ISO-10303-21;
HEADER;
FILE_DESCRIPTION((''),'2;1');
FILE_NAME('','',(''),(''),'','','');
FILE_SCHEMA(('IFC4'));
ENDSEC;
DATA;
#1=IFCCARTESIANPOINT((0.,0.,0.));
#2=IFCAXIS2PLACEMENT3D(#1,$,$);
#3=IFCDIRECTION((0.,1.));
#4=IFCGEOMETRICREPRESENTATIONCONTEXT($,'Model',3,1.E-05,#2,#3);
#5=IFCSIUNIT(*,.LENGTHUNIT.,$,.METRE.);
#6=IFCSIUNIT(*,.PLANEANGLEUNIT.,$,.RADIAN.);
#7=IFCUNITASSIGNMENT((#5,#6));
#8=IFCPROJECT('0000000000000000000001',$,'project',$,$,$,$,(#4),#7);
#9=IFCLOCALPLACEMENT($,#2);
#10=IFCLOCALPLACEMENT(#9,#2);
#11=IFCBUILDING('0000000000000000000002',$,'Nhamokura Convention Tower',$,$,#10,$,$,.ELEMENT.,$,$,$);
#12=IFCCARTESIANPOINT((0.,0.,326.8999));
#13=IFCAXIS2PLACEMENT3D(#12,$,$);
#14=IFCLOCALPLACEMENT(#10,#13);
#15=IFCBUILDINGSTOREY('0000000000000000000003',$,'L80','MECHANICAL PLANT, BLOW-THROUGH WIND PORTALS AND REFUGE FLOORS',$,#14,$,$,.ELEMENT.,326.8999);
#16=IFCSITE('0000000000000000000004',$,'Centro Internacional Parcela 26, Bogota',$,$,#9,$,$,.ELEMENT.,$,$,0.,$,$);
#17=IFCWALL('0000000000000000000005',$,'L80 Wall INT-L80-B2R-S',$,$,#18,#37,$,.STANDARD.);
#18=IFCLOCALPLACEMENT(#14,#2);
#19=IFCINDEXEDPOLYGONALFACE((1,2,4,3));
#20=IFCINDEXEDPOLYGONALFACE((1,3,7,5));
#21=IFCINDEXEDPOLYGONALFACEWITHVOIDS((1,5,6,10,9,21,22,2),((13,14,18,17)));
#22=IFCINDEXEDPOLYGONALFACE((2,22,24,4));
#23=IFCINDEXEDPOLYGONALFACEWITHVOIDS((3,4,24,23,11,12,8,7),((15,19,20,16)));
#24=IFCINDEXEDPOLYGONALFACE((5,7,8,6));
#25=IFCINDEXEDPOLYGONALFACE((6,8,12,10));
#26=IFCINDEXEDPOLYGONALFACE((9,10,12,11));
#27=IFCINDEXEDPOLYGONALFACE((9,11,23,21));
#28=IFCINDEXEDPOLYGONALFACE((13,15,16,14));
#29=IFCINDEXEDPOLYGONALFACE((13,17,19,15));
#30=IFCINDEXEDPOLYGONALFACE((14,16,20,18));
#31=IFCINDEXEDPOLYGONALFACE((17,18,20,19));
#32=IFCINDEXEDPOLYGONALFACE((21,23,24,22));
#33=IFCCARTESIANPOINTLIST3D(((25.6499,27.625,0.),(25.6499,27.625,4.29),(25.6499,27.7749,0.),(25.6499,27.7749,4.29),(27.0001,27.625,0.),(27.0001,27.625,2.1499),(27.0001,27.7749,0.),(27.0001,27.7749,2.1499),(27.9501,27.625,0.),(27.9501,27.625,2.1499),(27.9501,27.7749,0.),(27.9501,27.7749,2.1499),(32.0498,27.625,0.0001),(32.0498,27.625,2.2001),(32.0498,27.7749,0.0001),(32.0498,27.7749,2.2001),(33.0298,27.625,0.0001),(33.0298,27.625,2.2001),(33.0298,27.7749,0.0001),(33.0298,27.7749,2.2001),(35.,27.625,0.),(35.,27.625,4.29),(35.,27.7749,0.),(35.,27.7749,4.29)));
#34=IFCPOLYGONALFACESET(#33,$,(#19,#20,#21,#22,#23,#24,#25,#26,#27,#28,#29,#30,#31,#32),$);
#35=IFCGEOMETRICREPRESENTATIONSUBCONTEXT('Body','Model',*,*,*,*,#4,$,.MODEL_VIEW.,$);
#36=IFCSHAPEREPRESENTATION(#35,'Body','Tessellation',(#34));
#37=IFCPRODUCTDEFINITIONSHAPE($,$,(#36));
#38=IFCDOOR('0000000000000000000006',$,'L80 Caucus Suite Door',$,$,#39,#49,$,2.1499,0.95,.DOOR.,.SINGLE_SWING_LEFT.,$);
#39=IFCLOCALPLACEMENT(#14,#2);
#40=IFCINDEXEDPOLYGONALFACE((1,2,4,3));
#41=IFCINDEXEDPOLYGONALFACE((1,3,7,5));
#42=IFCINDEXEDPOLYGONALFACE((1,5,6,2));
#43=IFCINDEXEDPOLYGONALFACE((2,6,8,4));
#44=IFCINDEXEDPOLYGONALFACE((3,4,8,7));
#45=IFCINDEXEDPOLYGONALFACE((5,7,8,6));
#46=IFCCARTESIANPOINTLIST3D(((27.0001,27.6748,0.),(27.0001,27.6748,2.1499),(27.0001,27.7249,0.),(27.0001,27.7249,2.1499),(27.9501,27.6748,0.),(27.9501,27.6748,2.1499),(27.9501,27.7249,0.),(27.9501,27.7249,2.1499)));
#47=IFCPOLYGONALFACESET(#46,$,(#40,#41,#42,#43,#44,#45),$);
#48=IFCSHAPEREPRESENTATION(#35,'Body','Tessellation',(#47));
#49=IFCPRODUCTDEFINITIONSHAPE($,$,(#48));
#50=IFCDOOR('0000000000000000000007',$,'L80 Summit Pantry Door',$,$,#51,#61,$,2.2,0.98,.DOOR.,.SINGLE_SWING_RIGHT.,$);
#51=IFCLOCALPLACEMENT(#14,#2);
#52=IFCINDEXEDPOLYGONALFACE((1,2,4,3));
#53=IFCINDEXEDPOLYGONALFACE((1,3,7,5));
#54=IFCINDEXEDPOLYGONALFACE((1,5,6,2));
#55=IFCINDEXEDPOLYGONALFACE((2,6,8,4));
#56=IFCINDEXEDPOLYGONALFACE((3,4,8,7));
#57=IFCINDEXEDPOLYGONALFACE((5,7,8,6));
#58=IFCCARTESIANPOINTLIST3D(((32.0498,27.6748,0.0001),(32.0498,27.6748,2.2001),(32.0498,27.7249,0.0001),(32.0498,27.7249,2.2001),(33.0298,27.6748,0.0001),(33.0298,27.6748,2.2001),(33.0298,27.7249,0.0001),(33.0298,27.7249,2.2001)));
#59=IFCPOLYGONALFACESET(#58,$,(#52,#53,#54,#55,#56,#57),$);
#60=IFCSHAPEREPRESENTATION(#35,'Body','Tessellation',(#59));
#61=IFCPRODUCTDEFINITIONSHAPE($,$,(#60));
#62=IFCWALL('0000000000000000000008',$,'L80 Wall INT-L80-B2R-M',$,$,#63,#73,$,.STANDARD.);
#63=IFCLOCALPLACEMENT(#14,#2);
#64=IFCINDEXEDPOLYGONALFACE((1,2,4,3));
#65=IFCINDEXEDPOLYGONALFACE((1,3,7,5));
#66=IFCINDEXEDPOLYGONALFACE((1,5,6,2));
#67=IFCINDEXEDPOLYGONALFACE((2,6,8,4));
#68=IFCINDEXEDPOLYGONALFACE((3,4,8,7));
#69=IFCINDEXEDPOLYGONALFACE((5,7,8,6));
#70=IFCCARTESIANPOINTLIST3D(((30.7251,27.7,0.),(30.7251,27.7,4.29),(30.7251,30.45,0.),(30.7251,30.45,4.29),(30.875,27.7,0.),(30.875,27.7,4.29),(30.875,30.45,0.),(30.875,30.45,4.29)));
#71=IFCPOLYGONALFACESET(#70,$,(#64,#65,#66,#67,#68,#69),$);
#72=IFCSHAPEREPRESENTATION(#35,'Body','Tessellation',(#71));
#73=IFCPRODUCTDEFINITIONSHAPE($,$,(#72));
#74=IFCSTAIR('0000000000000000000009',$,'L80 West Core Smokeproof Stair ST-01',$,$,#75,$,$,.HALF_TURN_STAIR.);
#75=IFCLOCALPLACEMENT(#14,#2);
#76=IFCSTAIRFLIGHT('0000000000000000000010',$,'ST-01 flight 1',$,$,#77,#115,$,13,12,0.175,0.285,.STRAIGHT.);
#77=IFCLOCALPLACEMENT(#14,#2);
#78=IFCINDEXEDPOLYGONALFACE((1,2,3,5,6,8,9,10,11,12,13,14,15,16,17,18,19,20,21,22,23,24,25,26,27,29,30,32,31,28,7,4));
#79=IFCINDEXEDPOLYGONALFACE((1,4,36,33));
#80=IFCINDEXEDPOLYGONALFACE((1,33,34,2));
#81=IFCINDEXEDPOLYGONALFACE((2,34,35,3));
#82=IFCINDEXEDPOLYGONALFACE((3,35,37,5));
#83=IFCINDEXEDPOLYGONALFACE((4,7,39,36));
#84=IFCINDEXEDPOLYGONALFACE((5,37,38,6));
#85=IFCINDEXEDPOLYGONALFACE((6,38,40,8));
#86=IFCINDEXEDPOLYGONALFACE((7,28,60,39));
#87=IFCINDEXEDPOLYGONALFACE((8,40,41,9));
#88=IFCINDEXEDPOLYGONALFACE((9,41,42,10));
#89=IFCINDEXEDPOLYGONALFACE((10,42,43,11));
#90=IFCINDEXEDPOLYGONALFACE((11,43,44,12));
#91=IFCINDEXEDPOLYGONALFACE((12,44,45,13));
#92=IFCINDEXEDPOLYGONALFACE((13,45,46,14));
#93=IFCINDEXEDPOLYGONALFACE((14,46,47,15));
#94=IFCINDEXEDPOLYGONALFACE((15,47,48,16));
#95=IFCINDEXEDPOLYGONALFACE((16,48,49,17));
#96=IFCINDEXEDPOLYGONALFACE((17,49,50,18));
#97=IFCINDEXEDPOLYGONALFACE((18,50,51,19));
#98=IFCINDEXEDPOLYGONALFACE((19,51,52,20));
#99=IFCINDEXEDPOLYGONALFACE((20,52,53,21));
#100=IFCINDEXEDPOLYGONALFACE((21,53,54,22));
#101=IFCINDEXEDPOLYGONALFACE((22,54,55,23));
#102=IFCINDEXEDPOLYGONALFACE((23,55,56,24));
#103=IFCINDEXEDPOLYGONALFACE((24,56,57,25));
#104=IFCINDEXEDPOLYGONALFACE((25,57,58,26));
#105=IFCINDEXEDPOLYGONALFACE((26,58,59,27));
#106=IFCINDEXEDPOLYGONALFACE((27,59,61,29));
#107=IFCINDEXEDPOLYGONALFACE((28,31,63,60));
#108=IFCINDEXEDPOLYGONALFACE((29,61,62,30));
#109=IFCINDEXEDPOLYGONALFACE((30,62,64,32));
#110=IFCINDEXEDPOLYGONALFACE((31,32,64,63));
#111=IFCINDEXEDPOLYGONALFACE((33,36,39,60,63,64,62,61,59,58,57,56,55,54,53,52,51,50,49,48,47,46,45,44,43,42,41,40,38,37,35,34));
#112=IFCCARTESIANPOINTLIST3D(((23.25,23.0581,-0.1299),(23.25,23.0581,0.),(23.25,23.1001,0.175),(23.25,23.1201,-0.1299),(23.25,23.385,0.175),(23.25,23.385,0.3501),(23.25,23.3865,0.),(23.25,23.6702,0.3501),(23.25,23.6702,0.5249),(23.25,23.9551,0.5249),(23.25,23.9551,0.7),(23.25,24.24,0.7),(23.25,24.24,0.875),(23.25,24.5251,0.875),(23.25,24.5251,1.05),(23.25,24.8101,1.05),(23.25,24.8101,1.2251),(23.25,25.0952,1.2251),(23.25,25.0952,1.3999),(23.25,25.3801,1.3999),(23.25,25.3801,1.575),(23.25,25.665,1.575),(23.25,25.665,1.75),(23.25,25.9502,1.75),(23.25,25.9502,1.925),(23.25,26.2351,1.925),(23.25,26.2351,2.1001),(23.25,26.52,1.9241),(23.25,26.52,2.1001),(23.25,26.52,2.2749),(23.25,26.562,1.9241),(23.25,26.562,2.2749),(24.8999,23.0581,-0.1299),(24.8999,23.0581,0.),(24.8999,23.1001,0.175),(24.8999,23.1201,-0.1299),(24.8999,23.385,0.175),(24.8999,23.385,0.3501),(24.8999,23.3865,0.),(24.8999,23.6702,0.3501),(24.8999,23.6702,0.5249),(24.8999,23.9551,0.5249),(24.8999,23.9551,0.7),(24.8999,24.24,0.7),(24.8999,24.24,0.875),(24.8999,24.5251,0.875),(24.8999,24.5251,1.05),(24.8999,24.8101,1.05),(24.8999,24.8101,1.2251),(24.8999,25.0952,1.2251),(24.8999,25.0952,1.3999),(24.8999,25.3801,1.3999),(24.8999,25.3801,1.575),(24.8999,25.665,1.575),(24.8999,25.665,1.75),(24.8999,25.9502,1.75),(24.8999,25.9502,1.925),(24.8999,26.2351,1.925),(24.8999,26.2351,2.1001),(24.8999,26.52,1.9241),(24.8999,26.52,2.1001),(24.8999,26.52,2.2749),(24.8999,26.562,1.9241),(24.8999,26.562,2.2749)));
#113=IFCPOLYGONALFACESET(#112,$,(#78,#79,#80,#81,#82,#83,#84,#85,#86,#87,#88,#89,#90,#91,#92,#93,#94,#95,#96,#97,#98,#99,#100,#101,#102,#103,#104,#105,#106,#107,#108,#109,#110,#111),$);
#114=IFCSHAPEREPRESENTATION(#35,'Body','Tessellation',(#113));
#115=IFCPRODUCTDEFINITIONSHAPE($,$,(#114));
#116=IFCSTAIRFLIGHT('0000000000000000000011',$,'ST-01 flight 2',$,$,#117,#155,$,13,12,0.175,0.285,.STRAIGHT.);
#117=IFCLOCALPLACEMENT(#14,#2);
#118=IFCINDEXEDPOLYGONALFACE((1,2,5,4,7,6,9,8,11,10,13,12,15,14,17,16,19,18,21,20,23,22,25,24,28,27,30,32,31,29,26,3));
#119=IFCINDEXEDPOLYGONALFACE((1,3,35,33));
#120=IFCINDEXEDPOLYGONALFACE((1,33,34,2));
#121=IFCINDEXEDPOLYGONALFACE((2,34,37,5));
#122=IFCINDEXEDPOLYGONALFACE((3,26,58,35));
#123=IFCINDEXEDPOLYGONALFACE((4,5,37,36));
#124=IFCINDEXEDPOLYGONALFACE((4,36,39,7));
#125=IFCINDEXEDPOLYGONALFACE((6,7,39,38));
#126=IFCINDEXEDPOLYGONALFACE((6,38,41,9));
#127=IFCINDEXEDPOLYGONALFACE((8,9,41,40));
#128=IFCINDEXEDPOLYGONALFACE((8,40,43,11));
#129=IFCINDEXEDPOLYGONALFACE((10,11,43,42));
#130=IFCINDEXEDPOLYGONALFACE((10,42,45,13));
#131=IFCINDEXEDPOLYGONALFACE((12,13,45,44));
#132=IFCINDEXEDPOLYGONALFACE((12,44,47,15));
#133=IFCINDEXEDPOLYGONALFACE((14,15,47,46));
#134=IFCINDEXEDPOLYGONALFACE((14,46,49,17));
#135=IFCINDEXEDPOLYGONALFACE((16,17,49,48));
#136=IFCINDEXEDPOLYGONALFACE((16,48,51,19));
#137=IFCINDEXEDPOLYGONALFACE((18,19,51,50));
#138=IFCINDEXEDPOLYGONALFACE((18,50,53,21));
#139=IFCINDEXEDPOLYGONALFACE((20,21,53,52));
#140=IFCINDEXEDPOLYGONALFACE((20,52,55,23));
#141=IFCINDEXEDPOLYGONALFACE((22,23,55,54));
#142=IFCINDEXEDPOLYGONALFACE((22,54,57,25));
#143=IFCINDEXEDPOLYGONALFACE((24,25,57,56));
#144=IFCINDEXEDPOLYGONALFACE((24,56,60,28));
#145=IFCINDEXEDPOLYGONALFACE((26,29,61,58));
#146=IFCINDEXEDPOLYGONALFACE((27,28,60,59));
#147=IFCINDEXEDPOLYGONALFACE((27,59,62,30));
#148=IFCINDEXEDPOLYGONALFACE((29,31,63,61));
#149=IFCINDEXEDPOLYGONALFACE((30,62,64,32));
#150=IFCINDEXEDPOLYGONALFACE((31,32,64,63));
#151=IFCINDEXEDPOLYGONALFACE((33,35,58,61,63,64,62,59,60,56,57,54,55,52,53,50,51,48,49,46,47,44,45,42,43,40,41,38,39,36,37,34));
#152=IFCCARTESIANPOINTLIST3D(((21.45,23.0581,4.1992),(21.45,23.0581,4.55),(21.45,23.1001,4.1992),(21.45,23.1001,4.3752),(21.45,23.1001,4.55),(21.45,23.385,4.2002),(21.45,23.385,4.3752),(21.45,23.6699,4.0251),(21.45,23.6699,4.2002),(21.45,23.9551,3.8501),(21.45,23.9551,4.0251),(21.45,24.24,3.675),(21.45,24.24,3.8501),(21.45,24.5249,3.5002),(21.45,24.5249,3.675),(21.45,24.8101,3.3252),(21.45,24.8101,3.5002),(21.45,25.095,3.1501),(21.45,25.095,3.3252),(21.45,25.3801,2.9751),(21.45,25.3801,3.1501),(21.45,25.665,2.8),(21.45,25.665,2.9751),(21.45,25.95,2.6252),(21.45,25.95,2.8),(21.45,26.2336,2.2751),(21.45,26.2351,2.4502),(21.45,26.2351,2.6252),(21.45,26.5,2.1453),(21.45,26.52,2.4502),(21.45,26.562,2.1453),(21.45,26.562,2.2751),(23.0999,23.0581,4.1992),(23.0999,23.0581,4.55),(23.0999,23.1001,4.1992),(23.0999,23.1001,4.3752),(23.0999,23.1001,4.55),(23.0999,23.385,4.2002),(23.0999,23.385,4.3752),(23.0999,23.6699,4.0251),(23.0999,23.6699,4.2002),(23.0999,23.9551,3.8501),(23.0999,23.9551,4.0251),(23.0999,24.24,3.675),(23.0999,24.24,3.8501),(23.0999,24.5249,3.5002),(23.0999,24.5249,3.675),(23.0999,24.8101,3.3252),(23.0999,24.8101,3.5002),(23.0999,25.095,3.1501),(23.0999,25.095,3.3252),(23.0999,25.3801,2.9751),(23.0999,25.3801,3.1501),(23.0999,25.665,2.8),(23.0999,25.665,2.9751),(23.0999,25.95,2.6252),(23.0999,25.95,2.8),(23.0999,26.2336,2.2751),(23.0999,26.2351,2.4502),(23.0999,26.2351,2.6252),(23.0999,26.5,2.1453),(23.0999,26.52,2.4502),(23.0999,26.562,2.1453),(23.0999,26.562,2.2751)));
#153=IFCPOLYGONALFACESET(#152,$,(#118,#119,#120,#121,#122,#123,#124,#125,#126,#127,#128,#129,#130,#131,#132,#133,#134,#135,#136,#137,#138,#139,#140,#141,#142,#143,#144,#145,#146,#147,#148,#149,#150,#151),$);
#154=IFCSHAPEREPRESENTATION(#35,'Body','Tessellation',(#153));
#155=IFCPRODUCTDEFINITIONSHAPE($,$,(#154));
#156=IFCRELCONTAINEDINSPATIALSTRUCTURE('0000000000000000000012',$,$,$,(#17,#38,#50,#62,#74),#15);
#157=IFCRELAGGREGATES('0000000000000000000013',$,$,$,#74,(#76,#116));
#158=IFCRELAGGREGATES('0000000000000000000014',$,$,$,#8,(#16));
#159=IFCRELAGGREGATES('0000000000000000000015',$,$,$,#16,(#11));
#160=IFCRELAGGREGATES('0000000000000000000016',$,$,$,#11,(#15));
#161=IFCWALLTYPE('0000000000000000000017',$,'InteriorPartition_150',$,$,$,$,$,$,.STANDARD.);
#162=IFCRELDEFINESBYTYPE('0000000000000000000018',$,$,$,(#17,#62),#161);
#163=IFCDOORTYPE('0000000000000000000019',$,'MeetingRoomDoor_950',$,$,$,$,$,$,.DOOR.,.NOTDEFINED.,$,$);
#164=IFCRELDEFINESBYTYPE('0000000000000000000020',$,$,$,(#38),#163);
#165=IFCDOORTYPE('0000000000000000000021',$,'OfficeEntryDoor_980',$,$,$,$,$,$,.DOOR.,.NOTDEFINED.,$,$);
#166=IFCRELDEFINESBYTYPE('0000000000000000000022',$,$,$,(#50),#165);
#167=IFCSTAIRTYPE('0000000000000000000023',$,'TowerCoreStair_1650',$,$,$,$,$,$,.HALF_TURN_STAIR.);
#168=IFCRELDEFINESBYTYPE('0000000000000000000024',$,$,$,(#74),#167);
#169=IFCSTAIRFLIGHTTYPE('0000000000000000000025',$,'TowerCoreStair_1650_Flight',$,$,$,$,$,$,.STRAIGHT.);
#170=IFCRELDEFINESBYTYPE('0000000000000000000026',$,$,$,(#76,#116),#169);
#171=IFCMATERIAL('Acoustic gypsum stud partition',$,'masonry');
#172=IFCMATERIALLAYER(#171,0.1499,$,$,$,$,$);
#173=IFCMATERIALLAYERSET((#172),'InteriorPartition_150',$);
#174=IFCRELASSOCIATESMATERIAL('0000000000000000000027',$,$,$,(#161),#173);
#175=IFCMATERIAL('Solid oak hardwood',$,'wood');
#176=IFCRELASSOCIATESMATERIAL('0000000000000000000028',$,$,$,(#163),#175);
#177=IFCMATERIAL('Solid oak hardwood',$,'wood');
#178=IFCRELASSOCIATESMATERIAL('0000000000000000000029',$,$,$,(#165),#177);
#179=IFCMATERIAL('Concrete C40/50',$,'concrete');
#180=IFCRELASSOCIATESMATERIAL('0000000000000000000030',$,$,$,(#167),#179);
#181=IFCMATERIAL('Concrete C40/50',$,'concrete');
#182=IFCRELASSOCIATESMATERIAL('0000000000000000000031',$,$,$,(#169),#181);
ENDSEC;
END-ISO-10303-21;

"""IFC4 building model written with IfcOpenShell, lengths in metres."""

from ifc_helpers import new_model, si_unit, direction, frame, frame_2d, origin, place, context, subcontext, project, spatial, polyline, rectangle, outline, extrude, material, layer, layer_set, type_object, element, fill, aggregate, save


model = new_model("IFC4")

# Units and contexts
model_context = context("Model", 3, precision=1e-05, world=origin(), true_north=direction((0.0, 1.0)))
body_context = subcontext(model_context, "Body", "Model", "MODEL_VIEW")
ifc_project = project(units=[si_unit("LENGTHUNIT", "METRE"), si_unit("PLANEANGLEUNIT", "RADIAN")], contexts=[model_context])

# Site, building, storey
site_placement = place(None, origin())
site = spatial("IfcSite", under=ifc_project, at=site_placement, Name="Centro Internacional Parcela 26, Bogota", CompositionType="ELEMENT", RefElevation=0.0)
building_placement = place(site_placement, origin())
building = spatial("IfcBuilding", under=site, at=building_placement, Name="Nhamokura Convention Tower", CompositionType="ELEMENT")
storey_placement = place(building_placement, frame((0.0, 0.0, 326.8999)))
storey = spatial("IfcBuildingStorey", under=building, at=storey_placement, Name="L80", Description="MECHANICAL PLANT, BLOW-THROUGH WIND PORTALS AND REFUGE FLOORS", CompositionType="ELEMENT", Elevation=326.8999)

# Shared definitions
ifc_material_1 = material(Name="Acoustic gypsum stud partition", Category="masonry")
ifc_layer_1 = layer(ifc_material_1, 0.1499)
ifc_layer_set_1 = layer_set([ifc_layer_1], Name="InteriorPartition_150")
wall_type_1 = type_object("IfcWallType", Name="InteriorPartition_150", PredefinedType="STANDARD", material=ifc_layer_set_1)
ifc_material_2 = material(Name="Solid oak hardwood", Category="wood")
door_type_1 = type_object("IfcDoorType", Name="MeetingRoomDoor_950", OperationType="NOTDEFINED", PredefinedType="DOOR", material=ifc_material_2)
ifc_material_3 = material(Name="Solid oak hardwood", Category="wood")
door_type_2 = type_object("IfcDoorType", Name="OfficeEntryDoor_980", OperationType="NOTDEFINED", PredefinedType="DOOR", material=ifc_material_3)

# Wall, openings, doors
wall_1_placement = place(storey_placement, frame((25.6499, 27.7, 0.0), z_axis=(0.0, 0.0, 1.0), x_axis=(1.0, 0.0, 0.0)))
wall_1 = element("IfcWall", 1, at=wall_1_placement, inside=storey, type_object=wall_type_1, Name="L80 Wall INT-L80-B2R-S", PredefinedType="STANDARD", context=body_context, shape_type="SweptSolid", body=[
    extrude(rectangle(XDim=9.3501, YDim=0.1499, at=frame_2d((4.675, 0.0))), origin(), (0.0, 0.0, 1.0), 4.29),
])
opening_1_placement = place(wall_1_placement, frame((1.3501, 0.0, 0.0)))
opening_1 = element("IfcOpeningElement", 2, at=opening_1_placement, cuts=wall_1, PredefinedType="OPENING", context=body_context, shape_type="SweptSolid", body=[
    extrude(rectangle(XDim=0.95, YDim=2.1499, at=frame_2d((0.4751, 1.075))), frame((0.0, 0.085, 0.0), z_axis=(0.0, -1.0, 0.0), x_axis=(1.0, 0.0, 0.0)), (0.0, 0.0, 1.0), 0.1699),
])
opening_2_placement = place(wall_1_placement, frame((6.3999, 0.0, 0.0)))
opening_2 = element("IfcOpeningElement", 3, at=opening_2_placement, cuts=wall_1, PredefinedType="OPENING", context=body_context, shape_type="SweptSolid", body=[
    extrude(rectangle(XDim=0.98, YDim=2.2, at=frame_2d((0.49, 1.1001))), frame((0.0, 0.085, 0.0), z_axis=(0.0, -1.0, 0.0), x_axis=(1.0, 0.0, 0.0)), (0.0, 0.0, 1.0), 0.1699),
])
door_1_placement = place(opening_1_placement, origin())
door_1 = element("IfcDoor", 4, at=door_1_placement, inside=storey, type_object=door_type_1, Name="L80 Caucus Suite Door", OperationType="SINGLE_SWING_LEFT", OverallHeight=2.1499, OverallWidth=0.95, PredefinedType="DOOR", context=body_context, shape_type="SweptSolid", body=[
    extrude(rectangle(XDim=0.95, YDim=2.1499, at=frame_2d((0.4751, 1.075))), frame((0.0, 0.0249, 0.0), z_axis=(0.0, -1.0, 0.0), x_axis=(1.0, 0.0, 0.0)), (0.0, 0.0, 1.0), 0.05),
])
fill(opening_1, door_1)
door_2_placement = place(opening_2_placement, origin())
door_2 = element("IfcDoor", 5, at=door_2_placement, inside=storey, type_object=door_type_2, Name="L80 Summit Pantry Door", OperationType="SINGLE_SWING_RIGHT", OverallHeight=2.2, OverallWidth=0.98, PredefinedType="DOOR", context=body_context, shape_type="SweptSolid", body=[
    extrude(rectangle(XDim=0.98, YDim=2.2, at=frame_2d((0.49, 1.1001))), frame((0.0, 0.0249, 0.0), z_axis=(0.0, -1.0, 0.0), x_axis=(1.0, 0.0, 0.0)), (0.0, 0.0, 1.0), 0.05),
])
fill(opening_2, door_2)

# Wall
wall_2_placement = place(storey_placement, frame((30.8, 27.7, 0.0), z_axis=(0.0, 0.0, 1.0), x_axis=(0.0, 1.0, 0.0)))
element("IfcWall", 6, at=wall_2_placement, inside=storey, type_object=wall_type_1, Name="L80 Wall INT-L80-B2R-M", PredefinedType="STANDARD", context=body_context, shape_type="SweptSolid", body=[
    extrude(rectangle(XDim=2.75, YDim=0.1499, at=frame_2d((1.375, 0.0))), origin(), (0.0, 0.0, 1.0), 4.29),
])

# Stair, stair flights
ifc_material_4 = material(Name="Concrete C40/50", Category="concrete")
stair_type = type_object("IfcStairType", Name="TowerCoreStair_1650", PredefinedType="HALF_TURN_STAIR", material=ifc_material_4)
stair_placement = place(storey_placement, origin())
stair = element("IfcStair", 7, at=stair_placement, inside=storey, type_object=stair_type, Name="L80 West Core Smokeproof Stair ST-01", PredefinedType="HALF_TURN_STAIR")
ifc_material_5 = material(Name="Concrete C40/50", Category="concrete")
stair_flight_type = type_object("IfcStairFlightType", Name="TowerCoreStair_1650_Flight", PredefinedType="STRAIGHT", material=ifc_material_5)
stair_flight_1_placement = place(storey_placement, frame((24.075, 23.1001, 0.0), z_axis=(0.0, 0.0, 1.0), x_axis=(0.0, 1.0, 0.0)))
stair_flight_1 = element("IfcStairFlight", 8, at=stair_flight_1_placement, type_object=stair_flight_type, Name="ST-01 flight 1", NumberOfRisers=13, NumberOfTreads=12, PredefinedType="STRAIGHT", RiserHeight=0.175, TreadLength=0.285, context=body_context, shape_type="SweptSolid", body=[
    extrude(outline(polyline([(-0.042, 0.0), (0.0, 0.175), (0.2849, 0.175), (0.2849, 0.3501), (0.5701, 0.3501), (0.5701, 0.5249), (0.855, 0.5249), (0.855, 0.7), (1.1399, 0.7), (1.1399, 0.875), (1.425, 0.875), (1.425, 1.05), (1.71, 1.05), (1.71, 1.2251), (1.9951, 1.2251), (1.9951, 1.3999), (2.28, 1.3999), (2.28, 1.575), (2.5649, 1.575), (2.5649, 1.75), (2.8501, 1.75), (2.8501, 1.925), (3.135, 1.925), (3.135, 2.1001), (3.4199, 2.1001), (3.4199, 2.2749), (3.4619, 2.2749), (3.4619, 1.9241), (3.4199, 1.9241), (0.2864, 0.0), (0.02, -0.1299), (-0.042, -0.1299), (-0.042, 0.0)])), frame((0.0, 0.825, 0.0), z_axis=(0.0, -1.0, 0.0), x_axis=(1.0, 0.0, 0.0)), (0.0, 0.0, 1.0), 1.6499),
])
stair_flight_2_placement = place(storey_placement, frame((22.2749, 26.52, 2.2751), z_axis=(0.0, 0.0, 1.0), x_axis=(0.0, -1.0, 0.0)))
stair_flight_2 = element("IfcStairFlight", 9, at=stair_flight_2_placement, type_object=stair_flight_type, Name="ST-01 flight 2", NumberOfRisers=13, NumberOfTreads=12, PredefinedType="STRAIGHT", RiserHeight=0.175, TreadLength=0.285, context=body_context, shape_type="SweptSolid", body=[
    extrude(outline(polyline([(-0.042, 0.0), (0.0, 0.175), (0.2849, 0.175), (0.2849, 0.3501), (0.5701, 0.3501), (0.5701, 0.5249), (0.855, 0.5249), (0.855, 0.7), (1.1399, 0.7), (1.1399, 0.875), (1.425, 0.875), (1.425, 1.05), (1.71, 1.05), (1.71, 1.2251), (1.9951, 1.2251), (1.9951, 1.3999), (2.28, 1.3999), (2.28, 1.575), (2.5649, 1.575), (2.5649, 1.75), (2.8501, 1.75), (2.8501, 1.925), (3.135, 1.925), (3.135, 2.1001), (3.4199, 2.1001), (3.4199, 2.2749), (3.4619, 2.2749), (3.4619, 1.9241), (3.4199, 1.9241), (0.2864, 0.0), (0.02, -0.1299), (-0.042, -0.1299), (-0.042, 0.0)])), frame((0.0, 0.825, 0.0), z_axis=(0.0, -1.0, 0.0), x_axis=(1.0, 0.0, 0.0)), (0.0, 0.0, 1.0), 1.6499),
])
aggregate(stair, [stair_flight_1, stair_flight_2])

save(model, "model.ifc")
